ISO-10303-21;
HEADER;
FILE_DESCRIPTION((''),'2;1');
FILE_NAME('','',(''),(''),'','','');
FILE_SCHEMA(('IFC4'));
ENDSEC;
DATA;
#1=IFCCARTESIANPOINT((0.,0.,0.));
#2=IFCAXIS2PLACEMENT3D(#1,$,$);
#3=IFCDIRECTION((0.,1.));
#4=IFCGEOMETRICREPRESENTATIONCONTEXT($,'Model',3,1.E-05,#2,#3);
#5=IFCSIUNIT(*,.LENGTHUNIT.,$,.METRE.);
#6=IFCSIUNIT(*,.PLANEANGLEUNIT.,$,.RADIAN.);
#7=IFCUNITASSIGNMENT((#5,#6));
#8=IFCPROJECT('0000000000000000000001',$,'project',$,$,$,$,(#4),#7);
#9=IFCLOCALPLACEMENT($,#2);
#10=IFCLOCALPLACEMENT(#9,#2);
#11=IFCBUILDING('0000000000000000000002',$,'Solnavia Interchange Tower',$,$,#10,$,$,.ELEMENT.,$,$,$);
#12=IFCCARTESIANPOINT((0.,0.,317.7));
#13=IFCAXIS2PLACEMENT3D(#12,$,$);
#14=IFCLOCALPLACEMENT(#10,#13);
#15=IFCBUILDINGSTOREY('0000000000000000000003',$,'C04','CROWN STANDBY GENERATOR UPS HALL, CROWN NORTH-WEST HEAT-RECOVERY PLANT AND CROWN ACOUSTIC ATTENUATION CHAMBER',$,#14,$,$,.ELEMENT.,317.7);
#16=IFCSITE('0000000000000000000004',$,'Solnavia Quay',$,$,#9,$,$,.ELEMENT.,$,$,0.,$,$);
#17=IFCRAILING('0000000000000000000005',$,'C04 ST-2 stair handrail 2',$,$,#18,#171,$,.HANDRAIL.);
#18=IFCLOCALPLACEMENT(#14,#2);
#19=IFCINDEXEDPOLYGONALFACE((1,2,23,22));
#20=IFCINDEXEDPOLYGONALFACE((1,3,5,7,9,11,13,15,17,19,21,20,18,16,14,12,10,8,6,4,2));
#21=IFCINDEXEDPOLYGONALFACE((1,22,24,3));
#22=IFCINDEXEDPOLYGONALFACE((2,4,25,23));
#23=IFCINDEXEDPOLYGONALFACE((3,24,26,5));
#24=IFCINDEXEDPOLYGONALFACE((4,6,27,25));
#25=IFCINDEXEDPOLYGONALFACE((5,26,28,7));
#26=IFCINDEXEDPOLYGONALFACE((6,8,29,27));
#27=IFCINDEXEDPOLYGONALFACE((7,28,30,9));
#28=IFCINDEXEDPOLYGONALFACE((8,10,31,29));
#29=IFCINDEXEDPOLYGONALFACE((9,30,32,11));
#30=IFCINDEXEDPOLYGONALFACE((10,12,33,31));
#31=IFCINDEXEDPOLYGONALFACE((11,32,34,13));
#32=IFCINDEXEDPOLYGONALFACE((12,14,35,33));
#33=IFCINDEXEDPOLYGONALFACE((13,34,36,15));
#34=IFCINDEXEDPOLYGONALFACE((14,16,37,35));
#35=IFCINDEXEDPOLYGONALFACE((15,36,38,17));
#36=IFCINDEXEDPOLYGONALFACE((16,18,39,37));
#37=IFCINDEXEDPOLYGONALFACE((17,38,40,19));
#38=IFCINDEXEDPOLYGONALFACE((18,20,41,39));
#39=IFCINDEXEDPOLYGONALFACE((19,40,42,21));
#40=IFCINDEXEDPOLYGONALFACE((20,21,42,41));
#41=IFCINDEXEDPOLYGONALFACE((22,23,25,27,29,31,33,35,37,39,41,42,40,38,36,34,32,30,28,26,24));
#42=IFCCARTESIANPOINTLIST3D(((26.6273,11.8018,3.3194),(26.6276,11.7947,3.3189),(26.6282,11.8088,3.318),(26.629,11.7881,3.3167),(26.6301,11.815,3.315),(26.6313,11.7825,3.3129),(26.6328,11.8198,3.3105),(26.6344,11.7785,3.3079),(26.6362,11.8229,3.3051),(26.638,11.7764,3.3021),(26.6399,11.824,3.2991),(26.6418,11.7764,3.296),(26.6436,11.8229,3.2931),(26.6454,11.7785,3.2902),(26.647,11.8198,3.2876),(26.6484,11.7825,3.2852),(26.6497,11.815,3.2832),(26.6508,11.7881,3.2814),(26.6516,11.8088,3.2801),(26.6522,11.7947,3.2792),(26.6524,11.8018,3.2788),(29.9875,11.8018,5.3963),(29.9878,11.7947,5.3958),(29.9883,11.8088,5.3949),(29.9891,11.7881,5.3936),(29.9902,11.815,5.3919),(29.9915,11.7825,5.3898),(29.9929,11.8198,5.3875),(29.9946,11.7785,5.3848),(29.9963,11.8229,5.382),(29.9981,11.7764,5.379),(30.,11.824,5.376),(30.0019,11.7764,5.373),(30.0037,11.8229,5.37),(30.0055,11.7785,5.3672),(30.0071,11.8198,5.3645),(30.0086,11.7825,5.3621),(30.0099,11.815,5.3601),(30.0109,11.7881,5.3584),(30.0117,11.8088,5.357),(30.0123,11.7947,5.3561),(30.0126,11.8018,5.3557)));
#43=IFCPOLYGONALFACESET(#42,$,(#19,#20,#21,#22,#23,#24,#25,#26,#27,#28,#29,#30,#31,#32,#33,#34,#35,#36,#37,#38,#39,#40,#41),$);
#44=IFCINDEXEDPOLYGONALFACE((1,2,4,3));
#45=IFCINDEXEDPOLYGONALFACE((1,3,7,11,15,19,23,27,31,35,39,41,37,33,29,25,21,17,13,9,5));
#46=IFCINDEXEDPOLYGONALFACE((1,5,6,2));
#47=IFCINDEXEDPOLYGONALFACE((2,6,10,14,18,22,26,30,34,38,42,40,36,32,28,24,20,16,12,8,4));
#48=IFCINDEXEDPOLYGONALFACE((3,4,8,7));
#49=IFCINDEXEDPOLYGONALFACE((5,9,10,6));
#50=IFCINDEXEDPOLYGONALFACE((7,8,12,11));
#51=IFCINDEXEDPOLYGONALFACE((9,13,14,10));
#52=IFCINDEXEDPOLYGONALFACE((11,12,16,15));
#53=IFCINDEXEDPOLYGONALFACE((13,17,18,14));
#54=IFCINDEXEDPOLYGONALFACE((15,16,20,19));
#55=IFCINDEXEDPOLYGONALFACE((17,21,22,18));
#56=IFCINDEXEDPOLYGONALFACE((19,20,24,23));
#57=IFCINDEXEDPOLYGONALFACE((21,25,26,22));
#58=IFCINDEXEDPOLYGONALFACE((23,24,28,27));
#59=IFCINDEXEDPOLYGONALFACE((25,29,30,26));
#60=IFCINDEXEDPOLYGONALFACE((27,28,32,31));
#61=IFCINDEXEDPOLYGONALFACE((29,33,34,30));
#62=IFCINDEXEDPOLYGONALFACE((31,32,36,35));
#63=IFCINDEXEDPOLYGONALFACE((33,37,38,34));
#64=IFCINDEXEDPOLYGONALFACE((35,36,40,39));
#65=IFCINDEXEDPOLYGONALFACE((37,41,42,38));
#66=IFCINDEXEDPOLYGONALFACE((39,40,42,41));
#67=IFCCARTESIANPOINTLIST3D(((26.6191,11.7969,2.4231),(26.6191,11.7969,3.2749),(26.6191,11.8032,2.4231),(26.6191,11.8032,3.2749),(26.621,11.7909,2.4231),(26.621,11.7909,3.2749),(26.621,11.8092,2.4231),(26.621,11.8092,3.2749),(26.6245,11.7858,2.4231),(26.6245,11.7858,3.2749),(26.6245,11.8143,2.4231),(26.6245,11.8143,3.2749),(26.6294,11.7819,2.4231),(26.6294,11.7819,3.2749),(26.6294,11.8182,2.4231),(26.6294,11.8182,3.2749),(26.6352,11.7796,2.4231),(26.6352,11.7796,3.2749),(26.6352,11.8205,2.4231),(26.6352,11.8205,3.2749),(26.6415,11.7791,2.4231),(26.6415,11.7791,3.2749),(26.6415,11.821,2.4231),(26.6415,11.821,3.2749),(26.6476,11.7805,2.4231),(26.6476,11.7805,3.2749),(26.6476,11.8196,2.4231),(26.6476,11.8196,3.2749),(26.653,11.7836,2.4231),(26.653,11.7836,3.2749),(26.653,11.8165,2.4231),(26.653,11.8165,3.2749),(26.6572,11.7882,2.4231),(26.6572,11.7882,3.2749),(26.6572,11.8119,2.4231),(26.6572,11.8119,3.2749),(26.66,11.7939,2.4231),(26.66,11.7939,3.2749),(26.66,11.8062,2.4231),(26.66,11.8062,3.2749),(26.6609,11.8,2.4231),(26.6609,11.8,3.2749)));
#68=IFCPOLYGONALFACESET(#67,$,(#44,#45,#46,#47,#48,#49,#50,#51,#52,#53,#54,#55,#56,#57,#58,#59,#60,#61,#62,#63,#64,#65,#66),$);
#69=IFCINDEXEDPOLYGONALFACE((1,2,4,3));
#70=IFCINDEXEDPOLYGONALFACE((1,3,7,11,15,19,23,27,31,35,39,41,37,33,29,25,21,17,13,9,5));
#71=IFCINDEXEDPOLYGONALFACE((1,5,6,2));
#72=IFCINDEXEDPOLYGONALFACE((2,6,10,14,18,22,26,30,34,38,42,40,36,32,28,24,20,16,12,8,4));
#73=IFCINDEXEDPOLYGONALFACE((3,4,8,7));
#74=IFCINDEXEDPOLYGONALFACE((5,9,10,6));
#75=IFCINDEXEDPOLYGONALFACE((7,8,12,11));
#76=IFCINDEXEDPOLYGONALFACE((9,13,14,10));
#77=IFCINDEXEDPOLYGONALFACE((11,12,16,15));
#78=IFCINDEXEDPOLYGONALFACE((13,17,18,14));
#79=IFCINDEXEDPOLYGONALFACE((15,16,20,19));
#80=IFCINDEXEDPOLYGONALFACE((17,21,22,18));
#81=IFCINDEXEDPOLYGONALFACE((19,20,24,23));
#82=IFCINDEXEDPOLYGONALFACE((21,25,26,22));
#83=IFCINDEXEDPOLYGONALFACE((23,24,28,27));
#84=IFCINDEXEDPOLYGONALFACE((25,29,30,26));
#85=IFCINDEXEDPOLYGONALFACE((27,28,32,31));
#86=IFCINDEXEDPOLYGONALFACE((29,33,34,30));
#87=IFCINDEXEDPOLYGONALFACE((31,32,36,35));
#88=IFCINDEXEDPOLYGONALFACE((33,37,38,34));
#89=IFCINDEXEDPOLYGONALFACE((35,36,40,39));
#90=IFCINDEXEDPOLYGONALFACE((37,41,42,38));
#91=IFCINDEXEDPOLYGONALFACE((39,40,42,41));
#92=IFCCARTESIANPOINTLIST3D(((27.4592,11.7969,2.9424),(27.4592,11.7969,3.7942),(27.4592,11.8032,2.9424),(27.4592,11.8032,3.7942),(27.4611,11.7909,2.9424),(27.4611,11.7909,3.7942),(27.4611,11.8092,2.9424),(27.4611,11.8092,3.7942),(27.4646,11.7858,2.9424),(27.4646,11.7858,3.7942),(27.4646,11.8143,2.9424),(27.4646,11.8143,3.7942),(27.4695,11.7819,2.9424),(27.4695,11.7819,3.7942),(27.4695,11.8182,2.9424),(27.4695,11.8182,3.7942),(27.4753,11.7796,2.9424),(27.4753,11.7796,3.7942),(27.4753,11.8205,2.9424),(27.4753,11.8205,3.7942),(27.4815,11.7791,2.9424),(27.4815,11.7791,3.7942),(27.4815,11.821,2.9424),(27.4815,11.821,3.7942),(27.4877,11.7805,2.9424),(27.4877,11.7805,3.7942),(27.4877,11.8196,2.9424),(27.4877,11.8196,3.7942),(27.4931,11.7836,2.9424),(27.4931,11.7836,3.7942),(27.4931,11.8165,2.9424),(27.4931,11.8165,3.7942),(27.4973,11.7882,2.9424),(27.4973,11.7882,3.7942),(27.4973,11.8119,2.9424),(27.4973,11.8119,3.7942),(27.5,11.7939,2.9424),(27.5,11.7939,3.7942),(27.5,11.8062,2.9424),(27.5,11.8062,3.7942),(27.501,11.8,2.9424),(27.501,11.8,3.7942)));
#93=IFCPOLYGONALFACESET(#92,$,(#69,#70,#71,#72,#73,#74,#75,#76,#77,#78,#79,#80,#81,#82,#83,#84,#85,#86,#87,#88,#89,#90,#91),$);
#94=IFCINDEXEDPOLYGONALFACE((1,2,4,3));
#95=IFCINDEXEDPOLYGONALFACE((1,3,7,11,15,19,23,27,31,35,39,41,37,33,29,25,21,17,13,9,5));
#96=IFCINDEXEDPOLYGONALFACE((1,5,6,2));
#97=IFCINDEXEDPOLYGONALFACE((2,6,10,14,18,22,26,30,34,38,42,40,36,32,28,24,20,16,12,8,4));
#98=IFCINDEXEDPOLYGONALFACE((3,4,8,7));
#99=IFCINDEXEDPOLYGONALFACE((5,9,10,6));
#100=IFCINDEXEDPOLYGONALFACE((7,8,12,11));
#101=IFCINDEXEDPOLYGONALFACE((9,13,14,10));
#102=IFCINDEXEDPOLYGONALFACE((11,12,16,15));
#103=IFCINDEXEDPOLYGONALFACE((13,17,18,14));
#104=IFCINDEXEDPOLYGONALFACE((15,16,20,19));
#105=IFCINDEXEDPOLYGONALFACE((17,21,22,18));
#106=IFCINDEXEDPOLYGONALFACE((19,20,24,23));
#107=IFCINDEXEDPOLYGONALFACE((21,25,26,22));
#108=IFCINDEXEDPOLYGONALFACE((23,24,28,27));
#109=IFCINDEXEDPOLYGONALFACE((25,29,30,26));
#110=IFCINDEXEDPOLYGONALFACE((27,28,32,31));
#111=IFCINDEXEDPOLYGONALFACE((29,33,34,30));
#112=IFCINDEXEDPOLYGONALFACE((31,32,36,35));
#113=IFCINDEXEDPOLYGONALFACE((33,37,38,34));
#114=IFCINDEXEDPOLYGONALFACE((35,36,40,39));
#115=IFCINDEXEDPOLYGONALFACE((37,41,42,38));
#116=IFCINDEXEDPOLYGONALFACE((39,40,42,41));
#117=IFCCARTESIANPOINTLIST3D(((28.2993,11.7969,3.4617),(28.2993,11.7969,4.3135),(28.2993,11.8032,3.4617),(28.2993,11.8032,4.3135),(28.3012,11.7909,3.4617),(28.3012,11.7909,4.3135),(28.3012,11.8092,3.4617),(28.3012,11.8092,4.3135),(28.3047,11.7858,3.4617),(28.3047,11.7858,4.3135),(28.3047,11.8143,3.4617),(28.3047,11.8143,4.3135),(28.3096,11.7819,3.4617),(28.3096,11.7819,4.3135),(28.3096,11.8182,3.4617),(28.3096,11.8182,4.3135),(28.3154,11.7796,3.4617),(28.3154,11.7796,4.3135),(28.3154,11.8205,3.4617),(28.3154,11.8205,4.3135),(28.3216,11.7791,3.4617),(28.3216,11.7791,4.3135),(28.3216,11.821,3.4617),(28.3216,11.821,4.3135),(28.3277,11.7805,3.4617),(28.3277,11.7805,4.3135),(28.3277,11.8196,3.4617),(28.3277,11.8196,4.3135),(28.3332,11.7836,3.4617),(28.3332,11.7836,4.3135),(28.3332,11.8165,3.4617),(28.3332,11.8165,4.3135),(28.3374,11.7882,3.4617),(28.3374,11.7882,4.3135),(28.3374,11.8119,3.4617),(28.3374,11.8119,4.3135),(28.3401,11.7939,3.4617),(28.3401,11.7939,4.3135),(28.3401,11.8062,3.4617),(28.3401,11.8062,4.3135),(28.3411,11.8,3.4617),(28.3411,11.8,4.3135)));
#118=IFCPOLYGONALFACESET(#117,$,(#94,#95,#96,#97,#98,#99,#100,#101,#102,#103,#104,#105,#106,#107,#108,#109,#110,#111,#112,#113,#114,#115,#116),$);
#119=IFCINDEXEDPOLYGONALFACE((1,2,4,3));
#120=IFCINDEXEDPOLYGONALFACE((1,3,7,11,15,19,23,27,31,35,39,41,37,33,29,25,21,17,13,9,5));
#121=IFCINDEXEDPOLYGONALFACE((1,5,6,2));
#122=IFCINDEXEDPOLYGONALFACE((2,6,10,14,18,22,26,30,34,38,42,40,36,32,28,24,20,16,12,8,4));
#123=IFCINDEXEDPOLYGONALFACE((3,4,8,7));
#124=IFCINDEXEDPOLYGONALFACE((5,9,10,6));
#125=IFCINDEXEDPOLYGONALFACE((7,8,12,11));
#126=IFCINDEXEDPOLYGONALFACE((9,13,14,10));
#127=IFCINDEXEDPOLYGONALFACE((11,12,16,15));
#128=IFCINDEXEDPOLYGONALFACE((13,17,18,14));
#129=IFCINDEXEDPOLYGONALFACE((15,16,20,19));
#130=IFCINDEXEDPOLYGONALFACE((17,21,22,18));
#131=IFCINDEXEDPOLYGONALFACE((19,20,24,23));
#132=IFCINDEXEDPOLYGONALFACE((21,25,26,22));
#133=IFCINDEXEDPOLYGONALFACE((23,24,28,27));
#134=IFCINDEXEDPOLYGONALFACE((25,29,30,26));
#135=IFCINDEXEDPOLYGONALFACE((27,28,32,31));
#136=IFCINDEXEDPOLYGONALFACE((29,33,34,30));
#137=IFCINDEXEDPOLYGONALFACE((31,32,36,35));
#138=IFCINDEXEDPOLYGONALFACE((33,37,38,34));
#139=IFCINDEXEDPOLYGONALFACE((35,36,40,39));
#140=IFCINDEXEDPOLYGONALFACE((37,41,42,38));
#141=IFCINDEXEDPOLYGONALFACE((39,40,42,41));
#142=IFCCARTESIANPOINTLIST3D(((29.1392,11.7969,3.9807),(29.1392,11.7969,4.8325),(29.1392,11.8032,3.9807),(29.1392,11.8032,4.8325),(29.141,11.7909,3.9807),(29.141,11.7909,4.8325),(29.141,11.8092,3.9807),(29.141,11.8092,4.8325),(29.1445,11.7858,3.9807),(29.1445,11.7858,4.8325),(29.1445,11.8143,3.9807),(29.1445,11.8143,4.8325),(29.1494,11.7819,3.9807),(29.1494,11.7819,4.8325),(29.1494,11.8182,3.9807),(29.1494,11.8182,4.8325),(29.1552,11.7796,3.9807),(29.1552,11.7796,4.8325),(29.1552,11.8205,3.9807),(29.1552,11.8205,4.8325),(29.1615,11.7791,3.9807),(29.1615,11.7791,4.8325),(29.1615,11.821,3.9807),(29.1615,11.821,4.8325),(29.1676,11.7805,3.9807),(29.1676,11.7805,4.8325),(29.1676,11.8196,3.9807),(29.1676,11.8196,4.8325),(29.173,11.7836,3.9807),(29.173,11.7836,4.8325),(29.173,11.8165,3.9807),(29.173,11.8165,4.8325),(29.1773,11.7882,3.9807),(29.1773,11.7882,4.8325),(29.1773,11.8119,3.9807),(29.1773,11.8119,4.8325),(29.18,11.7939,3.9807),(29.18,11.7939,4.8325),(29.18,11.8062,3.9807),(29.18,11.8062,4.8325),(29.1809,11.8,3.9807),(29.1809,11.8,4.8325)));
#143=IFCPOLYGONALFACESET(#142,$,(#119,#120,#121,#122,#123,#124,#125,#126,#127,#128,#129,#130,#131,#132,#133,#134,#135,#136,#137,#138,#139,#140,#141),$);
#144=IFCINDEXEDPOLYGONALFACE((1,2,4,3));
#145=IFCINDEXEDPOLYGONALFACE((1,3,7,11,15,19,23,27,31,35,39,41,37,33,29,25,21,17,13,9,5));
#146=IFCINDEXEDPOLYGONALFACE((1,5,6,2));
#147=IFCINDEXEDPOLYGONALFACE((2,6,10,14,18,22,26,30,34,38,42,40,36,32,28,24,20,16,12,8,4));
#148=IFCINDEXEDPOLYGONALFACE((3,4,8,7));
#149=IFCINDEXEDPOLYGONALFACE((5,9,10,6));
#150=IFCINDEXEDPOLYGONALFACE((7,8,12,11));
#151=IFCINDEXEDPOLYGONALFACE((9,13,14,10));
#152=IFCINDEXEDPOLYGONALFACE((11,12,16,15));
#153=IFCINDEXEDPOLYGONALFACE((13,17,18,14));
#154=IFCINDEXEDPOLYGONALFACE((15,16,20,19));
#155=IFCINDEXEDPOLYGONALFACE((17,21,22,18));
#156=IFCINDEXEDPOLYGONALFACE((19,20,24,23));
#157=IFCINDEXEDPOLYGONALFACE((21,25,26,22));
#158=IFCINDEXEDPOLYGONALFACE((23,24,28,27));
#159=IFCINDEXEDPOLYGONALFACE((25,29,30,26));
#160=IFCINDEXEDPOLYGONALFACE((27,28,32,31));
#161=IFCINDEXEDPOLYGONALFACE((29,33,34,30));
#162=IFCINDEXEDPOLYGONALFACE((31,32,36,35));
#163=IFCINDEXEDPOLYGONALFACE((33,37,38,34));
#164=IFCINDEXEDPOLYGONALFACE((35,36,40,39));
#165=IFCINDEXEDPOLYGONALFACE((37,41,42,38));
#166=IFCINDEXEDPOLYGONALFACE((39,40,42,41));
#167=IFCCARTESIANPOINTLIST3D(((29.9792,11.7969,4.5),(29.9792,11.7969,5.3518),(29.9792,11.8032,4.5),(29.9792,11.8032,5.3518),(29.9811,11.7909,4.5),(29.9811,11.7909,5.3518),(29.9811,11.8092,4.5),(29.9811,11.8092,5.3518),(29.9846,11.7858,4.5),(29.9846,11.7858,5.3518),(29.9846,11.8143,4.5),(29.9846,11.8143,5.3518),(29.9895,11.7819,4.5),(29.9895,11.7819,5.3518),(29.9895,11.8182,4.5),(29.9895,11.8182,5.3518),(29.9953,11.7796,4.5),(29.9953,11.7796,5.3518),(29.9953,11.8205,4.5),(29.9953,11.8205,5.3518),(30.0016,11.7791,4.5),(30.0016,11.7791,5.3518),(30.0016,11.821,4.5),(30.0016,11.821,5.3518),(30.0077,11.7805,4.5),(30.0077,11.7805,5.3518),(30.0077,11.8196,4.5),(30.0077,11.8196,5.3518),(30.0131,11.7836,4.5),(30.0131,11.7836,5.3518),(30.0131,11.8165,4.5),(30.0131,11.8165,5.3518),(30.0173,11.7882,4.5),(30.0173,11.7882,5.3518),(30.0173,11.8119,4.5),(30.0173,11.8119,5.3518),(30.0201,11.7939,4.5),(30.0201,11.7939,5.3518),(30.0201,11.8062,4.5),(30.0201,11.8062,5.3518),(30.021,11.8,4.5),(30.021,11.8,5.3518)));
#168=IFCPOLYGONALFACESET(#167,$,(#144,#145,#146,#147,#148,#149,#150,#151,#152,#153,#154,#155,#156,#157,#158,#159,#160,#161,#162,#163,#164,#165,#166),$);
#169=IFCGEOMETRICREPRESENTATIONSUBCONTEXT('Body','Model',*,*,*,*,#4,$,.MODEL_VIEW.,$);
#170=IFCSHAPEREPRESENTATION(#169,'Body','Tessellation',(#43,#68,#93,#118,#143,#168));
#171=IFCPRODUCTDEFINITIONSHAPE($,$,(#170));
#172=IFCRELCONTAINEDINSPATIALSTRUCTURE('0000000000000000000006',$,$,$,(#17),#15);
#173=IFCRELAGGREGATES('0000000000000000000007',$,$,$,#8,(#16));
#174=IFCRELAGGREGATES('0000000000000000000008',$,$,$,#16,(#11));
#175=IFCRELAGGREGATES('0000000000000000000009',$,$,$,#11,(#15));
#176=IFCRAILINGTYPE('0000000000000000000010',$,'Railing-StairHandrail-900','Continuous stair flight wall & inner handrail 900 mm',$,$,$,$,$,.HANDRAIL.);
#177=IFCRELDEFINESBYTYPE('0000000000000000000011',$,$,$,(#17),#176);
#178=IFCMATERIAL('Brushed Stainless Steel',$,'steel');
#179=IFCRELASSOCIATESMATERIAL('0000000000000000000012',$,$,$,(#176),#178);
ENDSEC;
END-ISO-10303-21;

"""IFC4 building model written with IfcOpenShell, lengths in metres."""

from ifc_helpers import new_model, si_unit, direction, frame, origin, origin_2d, place, context, subcontext, project, spatial, circle, extrude, material, type_object, element, save


model = new_model("IFC4")

# Units and contexts
model_context = context("Model", 3, precision=1e-05, world=origin(), true_north=direction((0.0, 1.0)))
body_context = subcontext(model_context, "Body", "Model", "MODEL_VIEW")
ifc_project = project(units=[si_unit("LENGTHUNIT", "METRE"), si_unit("PLANEANGLEUNIT", "RADIAN")], contexts=[model_context])

# Site, building, storey
site_placement = place(None, origin())
site = spatial("IfcSite", under=ifc_project, at=site_placement, Name="Solnavia Quay", CompositionType="ELEMENT", RefElevation=0.0)
building_placement = place(site_placement, origin())
building = spatial("IfcBuilding", under=site, at=building_placement, Name="Solnavia Interchange Tower", CompositionType="ELEMENT")
storey_placement = place(building_placement, frame((0.0, 0.0, 317.7)))
storey = spatial("IfcBuildingStorey", under=building, at=storey_placement, Name="C04", Description="CROWN STANDBY GENERATOR UPS HALL, CROWN NORTH-WEST HEAT-RECOVERY PLANT AND CROWN ACOUSTIC ATTENUATION CHAMBER", CompositionType="ELEMENT", Elevation=317.7)

# Railing
ifc_material_1 = material(Name="Brushed Stainless Steel", Category="steel")
railing_type_1 = type_object("IfcRailingType", Name="Railing-StairHandrail-900", Description="Continuous stair flight wall & inner handrail 900 mm", PredefinedType="HANDRAIL", material=ifc_material_1)
railing_1_placement = place(storey_placement, frame((26.6399, 11.8, 2.4231)))
element("IfcRailing", 1, at=railing_1_placement, inside=storey, type_object=railing_type_1, Name="C04 ST-2 stair handrail 2", PredefinedType="HANDRAIL", context=body_context, shape_type="SweptSolid", body=[
    extrude(circle(Radius=0.0239, at=origin_2d()), frame((0.0, 0.0, 0.876), z_axis=(0.850623, 0.0, 0.525776), x_axis=(0.0, 1.0, 0.0)), (0.0, 0.0, 1.0), 3.9502),
    extrude(circle(Radius=0.021, at=origin_2d()), origin(), (0.0, 0.0, 1.0), 0.8518),
    extrude(circle(Radius=0.021, at=origin_2d()), frame((0.8401, 0.0, 0.5193)), (0.0, 0.0, 1.0), 0.8518),
    extrude(circle(Radius=0.021, at=origin_2d()), frame((1.6802, 0.0, 1.0386)), (0.0, 0.0, 1.0), 0.8518),
    extrude(circle(Radius=0.021, at=origin_2d()), frame((2.52, 0.0, 1.5576)), (0.0, 0.0, 1.0), 0.8518),
    extrude(circle(Radius=0.021, at=origin_2d()), frame((3.3601, 0.0, 2.0769)), (0.0, 0.0, 1.0), 0.8518),
])

save(model, "model.ifc")
